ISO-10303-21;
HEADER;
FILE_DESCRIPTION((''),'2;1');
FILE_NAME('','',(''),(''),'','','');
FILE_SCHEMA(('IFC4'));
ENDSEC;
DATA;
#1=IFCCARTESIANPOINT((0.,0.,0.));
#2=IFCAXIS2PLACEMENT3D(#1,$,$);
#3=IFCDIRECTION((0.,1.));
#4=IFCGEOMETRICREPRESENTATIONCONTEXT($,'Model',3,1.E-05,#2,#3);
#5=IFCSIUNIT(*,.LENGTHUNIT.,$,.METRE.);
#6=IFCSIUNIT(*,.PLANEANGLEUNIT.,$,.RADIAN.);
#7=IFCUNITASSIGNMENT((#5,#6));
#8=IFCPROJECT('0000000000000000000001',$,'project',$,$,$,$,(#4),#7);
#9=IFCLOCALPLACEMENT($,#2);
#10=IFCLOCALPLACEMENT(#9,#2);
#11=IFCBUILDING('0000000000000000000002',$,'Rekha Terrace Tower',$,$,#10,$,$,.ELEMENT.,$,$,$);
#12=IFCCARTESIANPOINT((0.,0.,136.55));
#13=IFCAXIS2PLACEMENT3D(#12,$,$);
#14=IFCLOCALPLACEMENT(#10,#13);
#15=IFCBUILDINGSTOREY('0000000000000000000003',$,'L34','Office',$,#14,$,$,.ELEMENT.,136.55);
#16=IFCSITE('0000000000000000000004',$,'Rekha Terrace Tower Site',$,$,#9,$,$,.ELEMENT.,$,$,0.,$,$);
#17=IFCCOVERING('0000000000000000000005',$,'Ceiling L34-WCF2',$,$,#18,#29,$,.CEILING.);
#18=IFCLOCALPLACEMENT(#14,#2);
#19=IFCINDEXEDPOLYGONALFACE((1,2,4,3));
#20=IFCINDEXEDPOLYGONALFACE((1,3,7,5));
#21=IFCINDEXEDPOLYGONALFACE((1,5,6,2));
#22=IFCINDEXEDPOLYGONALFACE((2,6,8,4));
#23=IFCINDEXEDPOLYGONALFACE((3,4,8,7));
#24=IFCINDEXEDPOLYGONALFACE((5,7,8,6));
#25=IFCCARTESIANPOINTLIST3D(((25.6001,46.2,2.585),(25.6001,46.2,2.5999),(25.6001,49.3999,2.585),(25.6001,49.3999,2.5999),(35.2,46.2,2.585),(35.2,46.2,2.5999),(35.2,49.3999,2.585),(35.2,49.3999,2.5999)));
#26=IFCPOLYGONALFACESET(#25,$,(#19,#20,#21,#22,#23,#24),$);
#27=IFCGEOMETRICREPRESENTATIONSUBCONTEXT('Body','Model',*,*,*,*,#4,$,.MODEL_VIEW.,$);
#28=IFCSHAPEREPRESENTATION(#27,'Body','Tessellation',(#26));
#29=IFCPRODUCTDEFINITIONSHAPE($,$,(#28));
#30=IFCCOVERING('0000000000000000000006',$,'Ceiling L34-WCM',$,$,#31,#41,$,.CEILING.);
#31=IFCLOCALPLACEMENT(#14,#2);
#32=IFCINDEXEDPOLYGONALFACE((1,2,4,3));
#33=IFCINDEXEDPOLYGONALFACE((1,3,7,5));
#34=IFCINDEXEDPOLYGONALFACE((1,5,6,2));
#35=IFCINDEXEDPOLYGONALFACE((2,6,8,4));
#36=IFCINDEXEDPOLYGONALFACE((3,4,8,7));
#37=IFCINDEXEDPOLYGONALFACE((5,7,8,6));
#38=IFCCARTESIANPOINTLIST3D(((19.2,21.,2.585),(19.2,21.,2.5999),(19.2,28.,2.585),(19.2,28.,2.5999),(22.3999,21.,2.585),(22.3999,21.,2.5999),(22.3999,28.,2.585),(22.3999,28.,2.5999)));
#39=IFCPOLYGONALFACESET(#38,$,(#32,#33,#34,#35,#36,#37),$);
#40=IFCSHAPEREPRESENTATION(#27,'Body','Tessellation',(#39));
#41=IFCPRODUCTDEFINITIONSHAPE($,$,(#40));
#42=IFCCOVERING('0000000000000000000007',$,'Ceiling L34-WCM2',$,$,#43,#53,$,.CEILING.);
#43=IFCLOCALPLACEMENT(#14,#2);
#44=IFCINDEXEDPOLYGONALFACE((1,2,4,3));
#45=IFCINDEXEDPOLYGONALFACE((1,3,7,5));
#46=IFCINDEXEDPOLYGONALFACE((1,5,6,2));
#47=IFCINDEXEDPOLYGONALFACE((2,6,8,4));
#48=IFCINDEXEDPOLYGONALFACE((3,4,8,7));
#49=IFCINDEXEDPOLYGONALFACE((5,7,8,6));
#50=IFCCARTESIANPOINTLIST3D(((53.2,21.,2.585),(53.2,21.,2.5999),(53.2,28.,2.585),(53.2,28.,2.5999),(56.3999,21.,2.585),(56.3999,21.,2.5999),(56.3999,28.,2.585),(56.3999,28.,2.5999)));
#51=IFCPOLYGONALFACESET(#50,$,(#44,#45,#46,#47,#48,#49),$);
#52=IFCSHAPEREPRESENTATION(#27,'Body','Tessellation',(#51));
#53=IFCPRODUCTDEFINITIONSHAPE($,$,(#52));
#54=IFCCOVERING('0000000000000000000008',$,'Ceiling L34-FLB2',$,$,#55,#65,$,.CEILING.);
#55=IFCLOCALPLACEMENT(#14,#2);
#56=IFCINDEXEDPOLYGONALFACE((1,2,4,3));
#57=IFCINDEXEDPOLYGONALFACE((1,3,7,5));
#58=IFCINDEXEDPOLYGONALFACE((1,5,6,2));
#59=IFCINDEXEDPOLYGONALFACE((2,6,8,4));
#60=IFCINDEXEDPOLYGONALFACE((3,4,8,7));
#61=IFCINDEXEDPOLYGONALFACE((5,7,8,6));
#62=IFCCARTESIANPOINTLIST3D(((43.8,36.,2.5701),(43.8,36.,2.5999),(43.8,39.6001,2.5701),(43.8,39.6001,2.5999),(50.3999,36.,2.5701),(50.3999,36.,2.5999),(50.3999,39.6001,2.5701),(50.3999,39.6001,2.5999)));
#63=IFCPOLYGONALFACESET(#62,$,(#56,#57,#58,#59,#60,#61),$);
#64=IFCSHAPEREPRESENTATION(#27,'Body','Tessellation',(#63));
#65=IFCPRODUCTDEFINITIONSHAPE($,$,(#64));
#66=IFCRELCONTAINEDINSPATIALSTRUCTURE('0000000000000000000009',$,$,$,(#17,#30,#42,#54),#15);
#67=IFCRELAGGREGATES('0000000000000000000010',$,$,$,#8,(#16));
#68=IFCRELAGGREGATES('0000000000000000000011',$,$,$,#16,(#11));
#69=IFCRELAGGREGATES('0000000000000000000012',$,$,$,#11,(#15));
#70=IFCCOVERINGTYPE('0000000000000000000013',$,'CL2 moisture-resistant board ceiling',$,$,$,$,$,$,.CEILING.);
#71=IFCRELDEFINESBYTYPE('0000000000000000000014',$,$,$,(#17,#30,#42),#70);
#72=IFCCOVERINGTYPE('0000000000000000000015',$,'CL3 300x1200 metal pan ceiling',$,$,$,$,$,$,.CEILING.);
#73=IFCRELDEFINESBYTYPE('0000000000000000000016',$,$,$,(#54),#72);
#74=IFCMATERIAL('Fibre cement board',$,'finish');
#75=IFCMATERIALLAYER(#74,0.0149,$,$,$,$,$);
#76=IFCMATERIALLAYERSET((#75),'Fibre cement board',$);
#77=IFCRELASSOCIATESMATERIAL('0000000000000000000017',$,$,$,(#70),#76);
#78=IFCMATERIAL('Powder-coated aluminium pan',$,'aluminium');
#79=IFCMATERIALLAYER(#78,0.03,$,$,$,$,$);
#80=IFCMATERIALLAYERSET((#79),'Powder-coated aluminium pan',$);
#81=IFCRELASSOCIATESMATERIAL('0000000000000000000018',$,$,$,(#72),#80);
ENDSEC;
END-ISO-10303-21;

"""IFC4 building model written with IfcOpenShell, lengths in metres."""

from ifc_helpers import new_model, si_unit, direction, frame, origin, place, context, subcontext, project, spatial, polyline, outline, extrude, material, layer, layer_set, type_object, element, save


model = new_model("IFC4")

# Units and contexts
model_context = context("Model", 3, precision=1e-05, world=origin(), true_north=direction((0.0, 1.0)))
body_context = subcontext(model_context, "Body", "Model", "MODEL_VIEW")
ifc_project = project(units=[si_unit("LENGTHUNIT", "METRE"), si_unit("PLANEANGLEUNIT", "RADIAN")], contexts=[model_context])

# Site, building, storey
site_placement = place(None, origin())
site = spatial("IfcSite", under=ifc_project, at=site_placement, Name="Rekha Terrace Tower Site", CompositionType="ELEMENT", RefElevation=0.0)
building_placement = place(site_placement, origin())
building = spatial("IfcBuilding", under=site, at=building_placement, Name="Rekha Terrace Tower", CompositionType="ELEMENT")
storey_placement = place(building_placement, frame((0.0, 0.0, 136.55)))
storey = spatial("IfcBuildingStorey", under=building, at=storey_placement, Name="L34", Description="Office", CompositionType="ELEMENT", Elevation=136.55)

# Coverings
ifc_material_1 = material(Name="Fibre cement board", Category="finish")
ifc_layer_1 = layer(ifc_material_1, 0.0149)
ifc_layer_set_1 = layer_set([ifc_layer_1], Name="Fibre cement board")
covering_type_1 = type_object("IfcCoveringType", Name="CL2 moisture-resistant board ceiling", PredefinedType="CEILING", material=ifc_layer_set_1)
covering_1_placement = place(storey_placement, frame((0.0, 0.0, 2.585)))
element("IfcCovering", 1, at=covering_1_placement, inside=storey, type_object=covering_type_1, Name="Ceiling L34-WCF2", PredefinedType="CEILING", context=body_context, shape_type="SweptSolid", body=[
    extrude(outline(polyline([(35.2, 49.3999), (25.6001, 49.3999), (25.6001, 46.2), (35.2, 46.2), (35.2, 49.3999)])), origin(), (0.0, 0.0, 1.0), 0.0149),
])
covering_2_placement = place(storey_placement, frame((0.0, 0.0, 2.585)))
element("IfcCovering", 2, at=covering_2_placement, inside=storey, type_object=covering_type_1, Name="Ceiling L34-WCM", PredefinedType="CEILING", context=body_context, shape_type="SweptSolid", body=[
    extrude(outline(polyline([(22.3999, 28.0), (19.2, 28.0), (19.2, 21.0), (22.3999, 21.0), (22.3999, 28.0)])), origin(), (0.0, 0.0, 1.0), 0.0149),
])
covering_3_placement = place(storey_placement, frame((0.0, 0.0, 2.585)))
element("IfcCovering", 3, at=covering_3_placement, inside=storey, type_object=covering_type_1, Name="Ceiling L34-WCM2", PredefinedType="CEILING", context=body_context, shape_type="SweptSolid", body=[
    extrude(outline(polyline([(56.3999, 28.0), (53.2, 28.0), (53.2, 21.0), (56.3999, 21.0), (56.3999, 28.0)])), origin(), (0.0, 0.0, 1.0), 0.0149),
])
ifc_material_2 = material(Name="Powder-coated aluminium pan", Category="aluminium")
ifc_layer_2 = layer(ifc_material_2, 0.03)
ifc_layer_set_2 = layer_set([ifc_layer_2], Name="Powder-coated aluminium pan")
covering_type_2 = type_object("IfcCoveringType", Name="CL3 300x1200 metal pan ceiling", PredefinedType="CEILING", material=ifc_layer_set_2)
covering_4_placement = place(storey_placement, frame((0.0, 0.0, 2.5701)))
element("IfcCovering", 4, at=covering_4_placement, inside=storey, type_object=covering_type_2, Name="Ceiling L34-FLB2", PredefinedType="CEILING", context=body_context, shape_type="SweptSolid", body=[
    extrude(outline(polyline([(50.3999, 39.6001), (43.8, 39.6001), (43.8, 36.0), (50.3999, 36.0), (50.3999, 39.6001)])), origin(), (0.0, 0.0, 1.0), 0.0298),
])

save(model, "model.ifc")
